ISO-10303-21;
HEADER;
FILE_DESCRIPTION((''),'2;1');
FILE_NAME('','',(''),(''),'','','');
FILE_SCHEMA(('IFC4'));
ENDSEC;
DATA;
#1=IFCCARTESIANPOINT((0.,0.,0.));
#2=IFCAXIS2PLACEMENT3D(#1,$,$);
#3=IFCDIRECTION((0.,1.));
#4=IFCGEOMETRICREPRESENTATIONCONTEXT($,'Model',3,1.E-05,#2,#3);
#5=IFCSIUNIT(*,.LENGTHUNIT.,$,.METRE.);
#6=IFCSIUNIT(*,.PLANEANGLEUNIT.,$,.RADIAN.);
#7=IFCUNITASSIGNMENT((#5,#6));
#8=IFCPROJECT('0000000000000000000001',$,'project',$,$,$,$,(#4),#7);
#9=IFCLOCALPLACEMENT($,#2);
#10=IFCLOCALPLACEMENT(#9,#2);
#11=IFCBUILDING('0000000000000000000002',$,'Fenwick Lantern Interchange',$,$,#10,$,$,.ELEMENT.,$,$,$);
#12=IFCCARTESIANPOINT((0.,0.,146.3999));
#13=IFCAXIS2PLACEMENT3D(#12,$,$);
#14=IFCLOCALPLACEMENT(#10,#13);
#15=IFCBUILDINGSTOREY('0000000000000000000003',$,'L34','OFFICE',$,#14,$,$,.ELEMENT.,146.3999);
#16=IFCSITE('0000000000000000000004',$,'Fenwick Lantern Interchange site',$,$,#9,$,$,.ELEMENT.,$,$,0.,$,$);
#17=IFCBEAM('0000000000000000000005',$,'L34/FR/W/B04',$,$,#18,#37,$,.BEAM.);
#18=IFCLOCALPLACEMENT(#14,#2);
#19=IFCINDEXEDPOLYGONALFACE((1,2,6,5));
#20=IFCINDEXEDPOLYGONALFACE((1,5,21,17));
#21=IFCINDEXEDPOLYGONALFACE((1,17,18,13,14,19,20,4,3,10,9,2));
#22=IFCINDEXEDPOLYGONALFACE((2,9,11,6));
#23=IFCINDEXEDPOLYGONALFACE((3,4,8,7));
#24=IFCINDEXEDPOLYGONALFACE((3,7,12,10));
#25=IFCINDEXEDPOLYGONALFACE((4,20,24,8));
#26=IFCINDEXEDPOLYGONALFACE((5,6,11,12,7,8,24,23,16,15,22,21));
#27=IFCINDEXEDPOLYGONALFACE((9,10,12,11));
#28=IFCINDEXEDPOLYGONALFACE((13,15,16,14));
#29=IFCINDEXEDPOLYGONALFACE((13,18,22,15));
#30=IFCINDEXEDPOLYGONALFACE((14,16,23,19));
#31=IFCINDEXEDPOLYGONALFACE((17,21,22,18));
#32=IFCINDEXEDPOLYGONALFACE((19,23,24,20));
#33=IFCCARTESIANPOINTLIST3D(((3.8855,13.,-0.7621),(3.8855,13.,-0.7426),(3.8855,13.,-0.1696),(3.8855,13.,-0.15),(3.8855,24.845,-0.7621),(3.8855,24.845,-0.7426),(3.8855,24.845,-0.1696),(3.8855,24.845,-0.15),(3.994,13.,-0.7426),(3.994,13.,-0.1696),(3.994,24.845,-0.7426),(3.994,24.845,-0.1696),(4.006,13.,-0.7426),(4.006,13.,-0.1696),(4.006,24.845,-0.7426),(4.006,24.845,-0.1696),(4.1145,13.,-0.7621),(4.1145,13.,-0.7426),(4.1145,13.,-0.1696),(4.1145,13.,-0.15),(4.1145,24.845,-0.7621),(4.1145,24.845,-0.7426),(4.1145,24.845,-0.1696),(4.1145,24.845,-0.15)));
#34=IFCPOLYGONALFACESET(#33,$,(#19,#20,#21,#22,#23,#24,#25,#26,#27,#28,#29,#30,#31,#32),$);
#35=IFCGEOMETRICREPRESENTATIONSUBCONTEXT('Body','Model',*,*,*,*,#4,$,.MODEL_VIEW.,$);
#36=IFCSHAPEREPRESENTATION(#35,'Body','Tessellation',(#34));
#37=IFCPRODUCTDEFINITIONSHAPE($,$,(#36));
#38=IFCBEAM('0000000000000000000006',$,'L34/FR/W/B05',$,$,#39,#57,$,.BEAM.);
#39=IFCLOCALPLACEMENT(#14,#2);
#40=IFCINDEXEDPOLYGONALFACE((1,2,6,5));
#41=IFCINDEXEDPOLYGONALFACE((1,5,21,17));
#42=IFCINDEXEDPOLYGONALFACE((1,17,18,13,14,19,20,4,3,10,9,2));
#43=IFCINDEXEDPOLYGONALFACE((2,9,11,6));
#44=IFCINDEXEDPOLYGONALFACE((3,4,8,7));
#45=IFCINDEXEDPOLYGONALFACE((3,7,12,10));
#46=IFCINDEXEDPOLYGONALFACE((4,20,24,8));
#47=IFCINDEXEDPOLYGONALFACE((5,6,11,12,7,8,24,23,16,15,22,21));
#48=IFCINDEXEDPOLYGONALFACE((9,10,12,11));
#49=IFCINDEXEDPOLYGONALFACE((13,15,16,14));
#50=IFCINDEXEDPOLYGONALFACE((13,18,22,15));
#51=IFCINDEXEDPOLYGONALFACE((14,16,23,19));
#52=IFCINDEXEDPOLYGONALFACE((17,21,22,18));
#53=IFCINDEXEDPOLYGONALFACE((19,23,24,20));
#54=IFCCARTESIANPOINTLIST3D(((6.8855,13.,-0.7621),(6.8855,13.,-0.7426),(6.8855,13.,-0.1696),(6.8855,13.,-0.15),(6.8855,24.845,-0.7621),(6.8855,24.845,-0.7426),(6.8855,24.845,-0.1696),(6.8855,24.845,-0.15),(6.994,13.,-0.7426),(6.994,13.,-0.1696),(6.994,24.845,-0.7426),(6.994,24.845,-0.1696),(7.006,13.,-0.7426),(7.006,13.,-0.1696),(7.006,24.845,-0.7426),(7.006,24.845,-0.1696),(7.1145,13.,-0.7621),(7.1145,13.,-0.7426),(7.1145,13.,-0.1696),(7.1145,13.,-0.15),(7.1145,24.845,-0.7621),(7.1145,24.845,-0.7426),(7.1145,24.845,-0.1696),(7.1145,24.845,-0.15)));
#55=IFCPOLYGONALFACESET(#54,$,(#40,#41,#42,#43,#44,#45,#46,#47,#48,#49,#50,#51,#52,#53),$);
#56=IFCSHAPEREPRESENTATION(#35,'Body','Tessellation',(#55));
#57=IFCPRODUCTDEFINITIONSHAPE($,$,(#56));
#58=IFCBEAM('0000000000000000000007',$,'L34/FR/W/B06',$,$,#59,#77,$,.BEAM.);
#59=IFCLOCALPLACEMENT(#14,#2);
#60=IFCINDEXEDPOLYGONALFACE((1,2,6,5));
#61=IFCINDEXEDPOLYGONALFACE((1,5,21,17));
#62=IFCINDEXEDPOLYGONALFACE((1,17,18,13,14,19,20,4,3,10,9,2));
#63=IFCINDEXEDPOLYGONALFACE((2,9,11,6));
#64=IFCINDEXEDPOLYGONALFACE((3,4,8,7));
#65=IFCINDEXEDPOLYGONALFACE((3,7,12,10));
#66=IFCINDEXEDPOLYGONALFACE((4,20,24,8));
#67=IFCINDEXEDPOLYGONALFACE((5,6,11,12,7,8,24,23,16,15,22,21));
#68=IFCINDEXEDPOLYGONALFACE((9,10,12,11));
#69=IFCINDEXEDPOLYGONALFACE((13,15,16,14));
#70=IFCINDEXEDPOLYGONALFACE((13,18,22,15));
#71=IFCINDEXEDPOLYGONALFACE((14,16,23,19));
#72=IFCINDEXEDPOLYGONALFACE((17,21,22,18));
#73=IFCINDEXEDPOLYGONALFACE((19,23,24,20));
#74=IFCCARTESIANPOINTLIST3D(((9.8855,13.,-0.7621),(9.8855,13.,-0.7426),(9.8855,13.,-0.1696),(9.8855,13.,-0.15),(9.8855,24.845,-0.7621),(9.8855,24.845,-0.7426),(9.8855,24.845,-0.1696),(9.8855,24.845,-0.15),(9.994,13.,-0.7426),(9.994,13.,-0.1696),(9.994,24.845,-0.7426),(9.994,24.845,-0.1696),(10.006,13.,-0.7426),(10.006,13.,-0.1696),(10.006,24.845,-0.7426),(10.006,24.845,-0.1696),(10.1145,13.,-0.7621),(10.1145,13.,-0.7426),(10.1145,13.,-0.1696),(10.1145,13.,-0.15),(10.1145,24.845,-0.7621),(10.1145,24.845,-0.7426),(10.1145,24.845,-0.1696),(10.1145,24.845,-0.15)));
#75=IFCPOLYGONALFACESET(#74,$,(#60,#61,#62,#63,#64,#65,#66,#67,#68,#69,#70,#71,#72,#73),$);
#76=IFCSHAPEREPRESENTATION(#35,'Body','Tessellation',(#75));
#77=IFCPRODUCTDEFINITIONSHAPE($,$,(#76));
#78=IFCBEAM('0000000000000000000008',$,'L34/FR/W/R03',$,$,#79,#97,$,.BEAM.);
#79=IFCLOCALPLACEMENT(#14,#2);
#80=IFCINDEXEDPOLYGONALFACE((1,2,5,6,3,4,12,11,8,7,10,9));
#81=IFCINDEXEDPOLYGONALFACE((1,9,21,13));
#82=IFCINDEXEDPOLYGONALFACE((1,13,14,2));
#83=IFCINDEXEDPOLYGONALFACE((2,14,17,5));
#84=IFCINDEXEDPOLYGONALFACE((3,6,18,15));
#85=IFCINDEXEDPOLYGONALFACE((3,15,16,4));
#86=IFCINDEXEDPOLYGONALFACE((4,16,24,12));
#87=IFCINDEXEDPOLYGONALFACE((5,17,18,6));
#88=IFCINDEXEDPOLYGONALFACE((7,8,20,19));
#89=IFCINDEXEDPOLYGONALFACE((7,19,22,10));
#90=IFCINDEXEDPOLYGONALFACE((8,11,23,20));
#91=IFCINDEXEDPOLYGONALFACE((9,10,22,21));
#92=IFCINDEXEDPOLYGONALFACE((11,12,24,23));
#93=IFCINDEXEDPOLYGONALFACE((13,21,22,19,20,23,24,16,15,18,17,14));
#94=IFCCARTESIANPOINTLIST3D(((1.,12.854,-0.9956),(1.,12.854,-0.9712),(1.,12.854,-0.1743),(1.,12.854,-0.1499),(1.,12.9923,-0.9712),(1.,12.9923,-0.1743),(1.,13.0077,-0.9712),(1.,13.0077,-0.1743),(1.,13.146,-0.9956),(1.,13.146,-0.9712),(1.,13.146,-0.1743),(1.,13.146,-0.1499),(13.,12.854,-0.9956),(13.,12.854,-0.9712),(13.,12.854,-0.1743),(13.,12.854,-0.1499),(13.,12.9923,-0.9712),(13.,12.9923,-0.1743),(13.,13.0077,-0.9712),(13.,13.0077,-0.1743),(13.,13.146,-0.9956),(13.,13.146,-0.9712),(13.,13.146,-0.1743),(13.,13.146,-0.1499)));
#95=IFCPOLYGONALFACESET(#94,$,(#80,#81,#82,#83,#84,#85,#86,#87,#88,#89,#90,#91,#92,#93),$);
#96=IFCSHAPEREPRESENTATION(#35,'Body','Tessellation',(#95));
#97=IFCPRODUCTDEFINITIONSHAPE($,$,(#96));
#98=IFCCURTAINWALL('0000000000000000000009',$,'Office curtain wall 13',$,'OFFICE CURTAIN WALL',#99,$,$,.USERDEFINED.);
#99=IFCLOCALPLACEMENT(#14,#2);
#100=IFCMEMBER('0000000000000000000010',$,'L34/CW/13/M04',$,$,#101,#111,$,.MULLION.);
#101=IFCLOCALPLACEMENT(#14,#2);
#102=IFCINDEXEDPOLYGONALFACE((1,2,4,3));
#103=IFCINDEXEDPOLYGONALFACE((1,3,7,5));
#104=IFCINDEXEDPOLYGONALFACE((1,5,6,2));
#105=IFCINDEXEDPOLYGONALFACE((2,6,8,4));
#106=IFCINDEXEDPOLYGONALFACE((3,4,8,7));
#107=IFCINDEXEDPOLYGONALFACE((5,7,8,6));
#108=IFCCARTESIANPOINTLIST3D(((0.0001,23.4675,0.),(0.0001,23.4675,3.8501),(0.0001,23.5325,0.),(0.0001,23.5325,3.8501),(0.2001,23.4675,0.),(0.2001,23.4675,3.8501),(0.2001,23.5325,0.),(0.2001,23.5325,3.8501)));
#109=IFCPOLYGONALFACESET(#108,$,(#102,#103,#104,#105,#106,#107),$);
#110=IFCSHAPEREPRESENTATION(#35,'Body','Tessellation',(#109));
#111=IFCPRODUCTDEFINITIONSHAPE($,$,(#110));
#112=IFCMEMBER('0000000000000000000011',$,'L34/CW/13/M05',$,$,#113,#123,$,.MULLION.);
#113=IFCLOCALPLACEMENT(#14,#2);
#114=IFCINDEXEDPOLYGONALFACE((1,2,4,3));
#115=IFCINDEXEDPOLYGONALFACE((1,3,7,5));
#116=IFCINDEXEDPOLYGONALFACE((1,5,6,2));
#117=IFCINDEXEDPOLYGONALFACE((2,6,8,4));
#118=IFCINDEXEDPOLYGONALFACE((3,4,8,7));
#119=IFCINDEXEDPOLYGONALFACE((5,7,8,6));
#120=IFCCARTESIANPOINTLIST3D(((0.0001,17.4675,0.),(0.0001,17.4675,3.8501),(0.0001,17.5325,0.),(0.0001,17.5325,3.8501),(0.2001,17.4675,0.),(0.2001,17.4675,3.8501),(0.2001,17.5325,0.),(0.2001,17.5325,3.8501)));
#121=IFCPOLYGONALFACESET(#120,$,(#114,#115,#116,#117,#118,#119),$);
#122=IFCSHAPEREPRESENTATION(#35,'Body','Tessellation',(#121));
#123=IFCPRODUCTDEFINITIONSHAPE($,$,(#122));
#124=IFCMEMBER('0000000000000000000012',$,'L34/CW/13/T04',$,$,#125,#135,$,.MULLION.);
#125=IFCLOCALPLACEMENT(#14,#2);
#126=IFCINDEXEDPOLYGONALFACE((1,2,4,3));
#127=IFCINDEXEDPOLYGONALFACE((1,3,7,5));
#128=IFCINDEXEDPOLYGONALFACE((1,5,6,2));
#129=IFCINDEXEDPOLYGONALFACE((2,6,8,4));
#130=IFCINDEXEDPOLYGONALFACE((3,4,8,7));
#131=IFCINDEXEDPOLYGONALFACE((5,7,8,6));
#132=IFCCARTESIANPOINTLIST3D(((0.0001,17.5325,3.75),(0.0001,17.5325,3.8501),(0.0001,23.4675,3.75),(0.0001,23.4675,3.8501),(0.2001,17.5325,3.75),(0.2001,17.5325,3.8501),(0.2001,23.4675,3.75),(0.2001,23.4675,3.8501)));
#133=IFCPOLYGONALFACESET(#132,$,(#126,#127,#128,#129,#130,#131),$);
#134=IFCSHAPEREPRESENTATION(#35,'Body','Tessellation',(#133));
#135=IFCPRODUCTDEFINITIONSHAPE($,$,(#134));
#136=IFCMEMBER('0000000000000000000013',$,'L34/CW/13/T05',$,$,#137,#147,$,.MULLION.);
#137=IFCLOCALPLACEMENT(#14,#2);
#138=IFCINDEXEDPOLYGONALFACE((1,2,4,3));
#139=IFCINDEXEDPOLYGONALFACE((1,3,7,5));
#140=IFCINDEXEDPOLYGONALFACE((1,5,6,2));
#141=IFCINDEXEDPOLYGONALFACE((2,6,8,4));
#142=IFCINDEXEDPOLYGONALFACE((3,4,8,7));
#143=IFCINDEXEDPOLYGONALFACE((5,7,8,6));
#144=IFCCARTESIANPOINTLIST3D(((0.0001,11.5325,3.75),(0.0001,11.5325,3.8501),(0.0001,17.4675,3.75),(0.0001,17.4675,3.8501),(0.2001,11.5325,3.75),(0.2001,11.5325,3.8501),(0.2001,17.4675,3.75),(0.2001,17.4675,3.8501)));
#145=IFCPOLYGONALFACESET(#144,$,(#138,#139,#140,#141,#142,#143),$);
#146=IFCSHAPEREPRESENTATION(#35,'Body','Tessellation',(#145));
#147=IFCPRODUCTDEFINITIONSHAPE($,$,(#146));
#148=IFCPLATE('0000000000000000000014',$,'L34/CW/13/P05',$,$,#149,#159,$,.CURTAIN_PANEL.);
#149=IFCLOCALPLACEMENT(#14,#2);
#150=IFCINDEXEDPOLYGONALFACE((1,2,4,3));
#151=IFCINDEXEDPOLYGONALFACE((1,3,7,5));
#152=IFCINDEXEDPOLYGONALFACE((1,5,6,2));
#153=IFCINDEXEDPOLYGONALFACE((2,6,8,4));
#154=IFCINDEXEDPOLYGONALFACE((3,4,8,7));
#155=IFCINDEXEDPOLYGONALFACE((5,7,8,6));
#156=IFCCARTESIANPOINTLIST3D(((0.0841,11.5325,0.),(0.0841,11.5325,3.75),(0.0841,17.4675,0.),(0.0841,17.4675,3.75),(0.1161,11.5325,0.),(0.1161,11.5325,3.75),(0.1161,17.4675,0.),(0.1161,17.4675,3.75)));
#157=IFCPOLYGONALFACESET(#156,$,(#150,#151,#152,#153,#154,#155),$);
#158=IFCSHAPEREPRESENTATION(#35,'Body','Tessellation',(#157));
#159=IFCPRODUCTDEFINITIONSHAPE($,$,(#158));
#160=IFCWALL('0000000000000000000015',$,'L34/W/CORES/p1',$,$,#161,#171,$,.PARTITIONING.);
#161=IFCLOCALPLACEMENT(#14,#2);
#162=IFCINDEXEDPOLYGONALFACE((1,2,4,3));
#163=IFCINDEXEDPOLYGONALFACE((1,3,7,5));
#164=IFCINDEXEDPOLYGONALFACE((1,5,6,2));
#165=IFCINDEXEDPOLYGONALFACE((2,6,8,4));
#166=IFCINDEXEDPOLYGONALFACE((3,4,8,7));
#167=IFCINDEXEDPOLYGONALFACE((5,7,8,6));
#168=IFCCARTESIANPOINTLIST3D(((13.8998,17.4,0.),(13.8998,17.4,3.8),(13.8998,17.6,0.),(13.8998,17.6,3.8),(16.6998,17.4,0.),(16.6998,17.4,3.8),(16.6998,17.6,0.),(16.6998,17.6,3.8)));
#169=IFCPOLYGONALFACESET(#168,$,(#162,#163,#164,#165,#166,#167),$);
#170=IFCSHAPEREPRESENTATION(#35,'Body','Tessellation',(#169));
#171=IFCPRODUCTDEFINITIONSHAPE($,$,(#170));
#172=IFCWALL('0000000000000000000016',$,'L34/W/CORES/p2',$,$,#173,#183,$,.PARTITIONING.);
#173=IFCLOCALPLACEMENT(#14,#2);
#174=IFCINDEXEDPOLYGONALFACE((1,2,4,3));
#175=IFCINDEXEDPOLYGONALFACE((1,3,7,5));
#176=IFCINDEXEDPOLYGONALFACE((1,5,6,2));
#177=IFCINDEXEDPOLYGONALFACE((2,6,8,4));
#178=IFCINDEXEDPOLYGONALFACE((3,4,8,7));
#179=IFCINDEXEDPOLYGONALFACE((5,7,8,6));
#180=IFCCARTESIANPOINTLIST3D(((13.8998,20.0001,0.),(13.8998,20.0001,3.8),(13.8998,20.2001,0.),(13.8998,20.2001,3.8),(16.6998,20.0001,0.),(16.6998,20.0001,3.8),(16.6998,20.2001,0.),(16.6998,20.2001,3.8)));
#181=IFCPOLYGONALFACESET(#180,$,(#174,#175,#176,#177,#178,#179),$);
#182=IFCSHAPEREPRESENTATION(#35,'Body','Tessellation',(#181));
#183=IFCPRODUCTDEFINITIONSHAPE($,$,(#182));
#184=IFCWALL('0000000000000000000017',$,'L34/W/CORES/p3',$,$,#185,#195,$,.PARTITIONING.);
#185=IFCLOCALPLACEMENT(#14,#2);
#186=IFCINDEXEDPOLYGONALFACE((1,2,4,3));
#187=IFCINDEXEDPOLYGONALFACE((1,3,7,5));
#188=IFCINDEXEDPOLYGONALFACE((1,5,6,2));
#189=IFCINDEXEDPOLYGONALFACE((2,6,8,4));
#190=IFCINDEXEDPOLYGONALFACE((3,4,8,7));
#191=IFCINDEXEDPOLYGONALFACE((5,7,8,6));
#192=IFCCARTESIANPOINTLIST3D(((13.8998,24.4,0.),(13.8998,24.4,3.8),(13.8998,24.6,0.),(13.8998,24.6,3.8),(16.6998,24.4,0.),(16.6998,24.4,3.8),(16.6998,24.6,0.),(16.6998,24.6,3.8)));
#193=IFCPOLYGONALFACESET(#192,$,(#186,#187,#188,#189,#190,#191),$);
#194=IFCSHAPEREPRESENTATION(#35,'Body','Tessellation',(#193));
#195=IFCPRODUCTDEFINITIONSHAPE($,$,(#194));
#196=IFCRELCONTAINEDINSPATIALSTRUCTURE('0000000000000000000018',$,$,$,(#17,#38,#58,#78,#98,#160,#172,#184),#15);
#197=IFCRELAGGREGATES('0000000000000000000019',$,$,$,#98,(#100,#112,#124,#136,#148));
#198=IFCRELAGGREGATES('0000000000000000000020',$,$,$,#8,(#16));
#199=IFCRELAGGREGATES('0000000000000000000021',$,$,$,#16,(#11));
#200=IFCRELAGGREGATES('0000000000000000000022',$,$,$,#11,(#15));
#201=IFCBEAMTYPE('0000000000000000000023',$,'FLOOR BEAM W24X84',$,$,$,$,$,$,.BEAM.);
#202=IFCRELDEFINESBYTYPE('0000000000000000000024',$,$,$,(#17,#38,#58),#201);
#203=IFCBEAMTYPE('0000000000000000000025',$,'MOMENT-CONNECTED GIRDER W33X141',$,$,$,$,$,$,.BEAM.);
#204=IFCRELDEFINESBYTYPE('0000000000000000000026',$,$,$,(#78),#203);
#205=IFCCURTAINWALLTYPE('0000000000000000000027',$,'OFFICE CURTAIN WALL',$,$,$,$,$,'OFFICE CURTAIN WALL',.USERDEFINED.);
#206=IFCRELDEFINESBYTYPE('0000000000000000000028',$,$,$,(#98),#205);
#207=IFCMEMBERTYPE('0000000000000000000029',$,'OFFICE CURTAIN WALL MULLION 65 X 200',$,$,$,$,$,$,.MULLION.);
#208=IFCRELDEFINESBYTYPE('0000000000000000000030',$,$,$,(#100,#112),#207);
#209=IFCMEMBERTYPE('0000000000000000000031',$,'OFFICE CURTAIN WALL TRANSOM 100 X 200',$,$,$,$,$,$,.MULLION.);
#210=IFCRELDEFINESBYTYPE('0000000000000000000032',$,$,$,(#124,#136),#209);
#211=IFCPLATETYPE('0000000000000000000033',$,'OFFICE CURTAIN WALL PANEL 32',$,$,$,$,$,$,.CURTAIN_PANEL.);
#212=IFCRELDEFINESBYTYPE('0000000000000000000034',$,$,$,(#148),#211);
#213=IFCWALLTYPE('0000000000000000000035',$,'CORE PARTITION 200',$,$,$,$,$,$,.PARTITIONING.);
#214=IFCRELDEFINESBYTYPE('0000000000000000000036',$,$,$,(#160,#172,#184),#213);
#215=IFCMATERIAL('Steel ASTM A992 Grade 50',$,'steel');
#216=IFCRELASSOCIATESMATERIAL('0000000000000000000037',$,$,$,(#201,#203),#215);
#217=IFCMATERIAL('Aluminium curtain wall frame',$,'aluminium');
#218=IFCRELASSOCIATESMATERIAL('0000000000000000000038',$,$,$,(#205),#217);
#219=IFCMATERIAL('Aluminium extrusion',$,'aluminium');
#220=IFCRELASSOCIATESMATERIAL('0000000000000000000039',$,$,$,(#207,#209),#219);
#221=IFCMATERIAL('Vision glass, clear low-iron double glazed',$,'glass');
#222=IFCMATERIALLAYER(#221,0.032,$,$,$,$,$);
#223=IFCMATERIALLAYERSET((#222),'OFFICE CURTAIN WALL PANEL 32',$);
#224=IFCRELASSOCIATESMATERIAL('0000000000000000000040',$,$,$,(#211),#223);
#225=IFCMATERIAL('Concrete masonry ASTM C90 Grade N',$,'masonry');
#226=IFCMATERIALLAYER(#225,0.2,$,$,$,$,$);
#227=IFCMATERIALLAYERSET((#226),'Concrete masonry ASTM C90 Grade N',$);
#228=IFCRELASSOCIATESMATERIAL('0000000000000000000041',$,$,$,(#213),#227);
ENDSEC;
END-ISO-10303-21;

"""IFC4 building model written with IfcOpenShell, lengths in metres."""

from ifc_helpers import new_model, si_unit, direction, frame, frame_2d, origin, origin_2d, place, context, subcontext, project, spatial, rectangle, i_section, extrude, material, layer, layer_set, material_profile, profile_set, type_object, element, aggregate, save


model = new_model("IFC4")

# Units and contexts
model_context = context("Model", 3, precision=1e-05, world=origin(), true_north=direction((0.0, 1.0)))
body_context = subcontext(model_context, "Body", "Model", "MODEL_VIEW")
ifc_project = project(units=[si_unit("LENGTHUNIT", "METRE"), si_unit("PLANEANGLEUNIT", "RADIAN")], contexts=[model_context])

# Site, building, storey
site_placement = place(None, origin())
site = spatial("IfcSite", under=ifc_project, at=site_placement, Name="Fenwick Lantern Interchange site", CompositionType="ELEMENT", RefElevation=0.0)
building_placement = place(site_placement, origin())
building = spatial("IfcBuilding", under=site, at=building_placement, Name="Fenwick Lantern Interchange", CompositionType="ELEMENT")
storey_placement = place(building_placement, frame((0.0, 0.0, 146.3999)))
storey = spatial("IfcBuildingStorey", under=building, at=storey_placement, Name="L34", Description="OFFICE", CompositionType="ELEMENT", Elevation=146.3999)

# Beams
ifc_material_1 = material(Name="Steel ASTM A992 Grade 50", Category="steel")
ifc_material_profile_1 = material_profile(ifc_material_1, i_section(OverallWidth=0.229, OverallDepth=0.6121, WebThickness=0.012, FlangeThickness=0.0195, at=origin_2d()), Name="W24X84")
ifc_profile_set_1 = profile_set([ifc_material_profile_1], Name="Steel ASTM A992 Grade 50")
beam_type_1 = type_object("IfcBeamType", Name="FLOOR BEAM W24X84", PredefinedType="BEAM", material=ifc_profile_set_1)
for number, where, z_axis, x_axis, name in (
    (1, (4.0, 24.845, -0.4561), (0.0, -1.0, 0.0), (1.0, 0.0, 0.0), "L34/FR/W/B04"),
    (2, (7.0, 24.845, -0.4561), (0.0, -1.0, 0.0), (1.0, 0.0, 0.0), "L34/FR/W/B05"),
    (3, (10.0, 24.845, -0.4561), (0.0, -1.0, 0.0), (1.0, 0.0, 0.0), "L34/FR/W/B06"),
):
    element("IfcBeam", number, at=place(storey_placement, frame(where, z_axis=z_axis, x_axis=x_axis)), inside=storey, type_object=beam_type_1, Name=name, PredefinedType="BEAM", context=body_context, shape_type="SweptSolid", body=[
        extrude(i_section(OverallWidth=0.229, OverallDepth=0.6121, WebThickness=0.012, FlangeThickness=0.0195, at=origin_2d()), origin(), (0.0, 0.0, 1.0), 11.845),
    ])
ifc_material_profile_2 = material_profile(ifc_material_1, i_section(OverallWidth=0.292, OverallDepth=0.8457, WebThickness=0.0154, FlangeThickness=0.0244, at=origin_2d()), Name="W33X141")
ifc_profile_set_2 = profile_set([ifc_material_profile_2], Name="Steel ASTM A992 Grade 50")
beam_type_2 = type_object("IfcBeamType", Name="MOMENT-CONNECTED GIRDER W33X141", PredefinedType="BEAM", material=ifc_profile_set_2)
beam_placement = place(storey_placement, frame((1.0, 13.0, -0.5728), z_axis=(1.0, 0.0, 0.0), x_axis=(0.0, 1.0, 0.0)))
element("IfcBeam", 4, at=beam_placement, inside=storey, type_object=beam_type_2, Name="L34/FR/W/R03", PredefinedType="BEAM", context=body_context, shape_type="SweptSolid", body=[
    extrude(i_section(OverallWidth=0.292, OverallDepth=0.8457, WebThickness=0.0154, FlangeThickness=0.0244, at=origin_2d()), origin(), (0.0, 0.0, 1.0), 12.0),
])

# Curtain wall, members, plate
ifc_material_2 = material(Name="Aluminium curtain wall frame", Category="aluminium")
curtain_wall_type = type_object("IfcCurtainWallType", Name="OFFICE CURTAIN WALL", ElementType="OFFICE CURTAIN WALL", PredefinedType="USERDEFINED", material=ifc_material_2)
curtain_wall_placement = place(storey_placement, origin())
curtain_wall = element("IfcCurtainWall", 5, at=curtain_wall_placement, inside=storey, type_object=curtain_wall_type, Name="Office curtain wall 13", ObjectType="OFFICE CURTAIN WALL", PredefinedType="USERDEFINED")
ifc_material_3 = material(Name="Aluminium extrusion", Category="aluminium")
ifc_material_profile_3 = material_profile(ifc_material_3, rectangle(XDim=0.2, YDim=0.0649, at=origin_2d()), Name="OFFICE CURTAIN WALL MULLION 65 X 200")
ifc_profile_set_3 = profile_set([ifc_material_profile_3], Name="Aluminium extrusion")
member_type_1 = type_object("IfcMemberType", Name="OFFICE CURTAIN WALL MULLION 65 X 200", PredefinedType="MULLION", material=ifc_profile_set_3)
member_1_placement = place(storey_placement, frame((0.1001, 23.5, 0.0), z_axis=(0.0, 0.0, 1.0), x_axis=(1.0, 0.0, 0.0)))
member_1 = element("IfcMember", 6, at=member_1_placement, type_object=member_type_1, Name="L34/CW/13/M04", PredefinedType="MULLION", context=body_context, shape_type="SweptSolid", body=[
    extrude(rectangle(XDim=0.2, YDim=0.0649, at=origin_2d()), origin(), (0.0, 0.0, 1.0), 3.8501),
])
member_2_placement = place(storey_placement, frame((0.1001, 17.5, 0.0), z_axis=(0.0, 0.0, 1.0), x_axis=(1.0, 0.0, 0.0)))
member_2 = element("IfcMember", 7, at=member_2_placement, type_object=member_type_1, Name="L34/CW/13/M05", PredefinedType="MULLION", context=body_context, shape_type="SweptSolid", body=[
    extrude(rectangle(XDim=0.2, YDim=0.0649, at=origin_2d()), origin(), (0.0, 0.0, 1.0), 3.8501),
])
ifc_material_profile_4 = material_profile(ifc_material_3, rectangle(XDim=0.2, YDim=0.1001, at=origin_2d()), Name="OFFICE CURTAIN WALL TRANSOM 100 X 200")
ifc_profile_set_4 = profile_set([ifc_material_profile_4], Name="Aluminium extrusion")
member_type_2 = type_object("IfcMemberType", Name="OFFICE CURTAIN WALL TRANSOM 100 X 200", PredefinedType="MULLION", material=ifc_profile_set_4)
member_3_placement = place(storey_placement, frame((0.1001, 23.4675, 3.8), z_axis=(0.0, -1.0, 0.0), x_axis=(1.0, 0.0, 0.0)))
member_3 = element("IfcMember", 8, at=member_3_placement, type_object=member_type_2, Name="L34/CW/13/T04", PredefinedType="MULLION", context=body_context, shape_type="SweptSolid", body=[
    extrude(rectangle(XDim=0.2, YDim=0.1001, at=origin_2d()), origin(), (0.0, 0.0, 1.0), 5.9351),
])
member_4_placement = place(storey_placement, frame((0.1001, 17.4675, 3.8), z_axis=(0.0, -1.0, 0.0), x_axis=(1.0, 0.0, 0.0)))
member_4 = element("IfcMember", 9, at=member_4_placement, type_object=member_type_2, Name="L34/CW/13/T05", PredefinedType="MULLION", context=body_context, shape_type="SweptSolid", body=[
    extrude(rectangle(XDim=0.2, YDim=0.1001, at=origin_2d()), origin(), (0.0, 0.0, 1.0), 5.9351),
])
ifc_material_4 = material(Name="Vision glass, clear low-iron double glazed", Category="glass")
ifc_layer_1 = layer(ifc_material_4, 0.032)
ifc_layer_set_1 = layer_set([ifc_layer_1], Name="OFFICE CURTAIN WALL PANEL 32")
plate_type = type_object("IfcPlateType", Name="OFFICE CURTAIN WALL PANEL 32", PredefinedType="CURTAIN_PANEL", material=ifc_layer_set_1)
plate_placement = place(storey_placement, frame((0.1001, 14.5, 0.0), z_axis=(0.0, 0.0, 1.0), x_axis=(0.0, -1.0, 0.0)))
plate = element("IfcPlate", 10, at=plate_placement, type_object=plate_type, Name="L34/CW/13/P05", PredefinedType="CURTAIN_PANEL", context=body_context, shape_type="SweptSolid", body=[
    extrude(rectangle(XDim=5.9351, YDim=0.032, at=origin_2d()), origin(), (0.0, 0.0, 1.0), 3.75),
])
aggregate(curtain_wall, [member_1, member_2, member_3, member_4, plate])

# Walls
ifc_material_5 = material(Name="Concrete masonry ASTM C90 Grade N", Category="masonry")
ifc_layer_2 = layer(ifc_material_5, 0.2)
ifc_layer_set_2 = layer_set([ifc_layer_2], Name="Concrete masonry ASTM C90 Grade N")
wall_type_1 = type_object("IfcWallType", Name="CORE PARTITION 200", PredefinedType="PARTITIONING", material=ifc_layer_set_2)
for number, where, z_axis, x_axis, name in (
    (11, (13.8999, 17.5, 0.0), (0.0, 0.0, 1.0), (1.0, 0.0, 0.0), "L34/W/CORES/p1"),
    (12, (13.8999, 20.1001, 0.0), (0.0, 0.0, 1.0), (1.0, 0.0, 0.0), "L34/W/CORES/p2"),
    (13, (13.8999, 24.5, 0.0), (0.0, 0.0, 1.0), (1.0, 0.0, 0.0), "L34/W/CORES/p3"),
):
    element("IfcWall", number, at=place(storey_placement, frame(where, z_axis=z_axis, x_axis=x_axis)), inside=storey, type_object=wall_type_1, Name=name, PredefinedType="PARTITIONING", context=body_context, shape_type="SweptSolid", body=[
        extrude(rectangle(XDim=2.8, YDim=0.2, at=frame_2d((1.3999, 0.0))), origin(), (0.0, 0.0, 1.0), 3.8),
    ])

save(model, "model.ifc")
